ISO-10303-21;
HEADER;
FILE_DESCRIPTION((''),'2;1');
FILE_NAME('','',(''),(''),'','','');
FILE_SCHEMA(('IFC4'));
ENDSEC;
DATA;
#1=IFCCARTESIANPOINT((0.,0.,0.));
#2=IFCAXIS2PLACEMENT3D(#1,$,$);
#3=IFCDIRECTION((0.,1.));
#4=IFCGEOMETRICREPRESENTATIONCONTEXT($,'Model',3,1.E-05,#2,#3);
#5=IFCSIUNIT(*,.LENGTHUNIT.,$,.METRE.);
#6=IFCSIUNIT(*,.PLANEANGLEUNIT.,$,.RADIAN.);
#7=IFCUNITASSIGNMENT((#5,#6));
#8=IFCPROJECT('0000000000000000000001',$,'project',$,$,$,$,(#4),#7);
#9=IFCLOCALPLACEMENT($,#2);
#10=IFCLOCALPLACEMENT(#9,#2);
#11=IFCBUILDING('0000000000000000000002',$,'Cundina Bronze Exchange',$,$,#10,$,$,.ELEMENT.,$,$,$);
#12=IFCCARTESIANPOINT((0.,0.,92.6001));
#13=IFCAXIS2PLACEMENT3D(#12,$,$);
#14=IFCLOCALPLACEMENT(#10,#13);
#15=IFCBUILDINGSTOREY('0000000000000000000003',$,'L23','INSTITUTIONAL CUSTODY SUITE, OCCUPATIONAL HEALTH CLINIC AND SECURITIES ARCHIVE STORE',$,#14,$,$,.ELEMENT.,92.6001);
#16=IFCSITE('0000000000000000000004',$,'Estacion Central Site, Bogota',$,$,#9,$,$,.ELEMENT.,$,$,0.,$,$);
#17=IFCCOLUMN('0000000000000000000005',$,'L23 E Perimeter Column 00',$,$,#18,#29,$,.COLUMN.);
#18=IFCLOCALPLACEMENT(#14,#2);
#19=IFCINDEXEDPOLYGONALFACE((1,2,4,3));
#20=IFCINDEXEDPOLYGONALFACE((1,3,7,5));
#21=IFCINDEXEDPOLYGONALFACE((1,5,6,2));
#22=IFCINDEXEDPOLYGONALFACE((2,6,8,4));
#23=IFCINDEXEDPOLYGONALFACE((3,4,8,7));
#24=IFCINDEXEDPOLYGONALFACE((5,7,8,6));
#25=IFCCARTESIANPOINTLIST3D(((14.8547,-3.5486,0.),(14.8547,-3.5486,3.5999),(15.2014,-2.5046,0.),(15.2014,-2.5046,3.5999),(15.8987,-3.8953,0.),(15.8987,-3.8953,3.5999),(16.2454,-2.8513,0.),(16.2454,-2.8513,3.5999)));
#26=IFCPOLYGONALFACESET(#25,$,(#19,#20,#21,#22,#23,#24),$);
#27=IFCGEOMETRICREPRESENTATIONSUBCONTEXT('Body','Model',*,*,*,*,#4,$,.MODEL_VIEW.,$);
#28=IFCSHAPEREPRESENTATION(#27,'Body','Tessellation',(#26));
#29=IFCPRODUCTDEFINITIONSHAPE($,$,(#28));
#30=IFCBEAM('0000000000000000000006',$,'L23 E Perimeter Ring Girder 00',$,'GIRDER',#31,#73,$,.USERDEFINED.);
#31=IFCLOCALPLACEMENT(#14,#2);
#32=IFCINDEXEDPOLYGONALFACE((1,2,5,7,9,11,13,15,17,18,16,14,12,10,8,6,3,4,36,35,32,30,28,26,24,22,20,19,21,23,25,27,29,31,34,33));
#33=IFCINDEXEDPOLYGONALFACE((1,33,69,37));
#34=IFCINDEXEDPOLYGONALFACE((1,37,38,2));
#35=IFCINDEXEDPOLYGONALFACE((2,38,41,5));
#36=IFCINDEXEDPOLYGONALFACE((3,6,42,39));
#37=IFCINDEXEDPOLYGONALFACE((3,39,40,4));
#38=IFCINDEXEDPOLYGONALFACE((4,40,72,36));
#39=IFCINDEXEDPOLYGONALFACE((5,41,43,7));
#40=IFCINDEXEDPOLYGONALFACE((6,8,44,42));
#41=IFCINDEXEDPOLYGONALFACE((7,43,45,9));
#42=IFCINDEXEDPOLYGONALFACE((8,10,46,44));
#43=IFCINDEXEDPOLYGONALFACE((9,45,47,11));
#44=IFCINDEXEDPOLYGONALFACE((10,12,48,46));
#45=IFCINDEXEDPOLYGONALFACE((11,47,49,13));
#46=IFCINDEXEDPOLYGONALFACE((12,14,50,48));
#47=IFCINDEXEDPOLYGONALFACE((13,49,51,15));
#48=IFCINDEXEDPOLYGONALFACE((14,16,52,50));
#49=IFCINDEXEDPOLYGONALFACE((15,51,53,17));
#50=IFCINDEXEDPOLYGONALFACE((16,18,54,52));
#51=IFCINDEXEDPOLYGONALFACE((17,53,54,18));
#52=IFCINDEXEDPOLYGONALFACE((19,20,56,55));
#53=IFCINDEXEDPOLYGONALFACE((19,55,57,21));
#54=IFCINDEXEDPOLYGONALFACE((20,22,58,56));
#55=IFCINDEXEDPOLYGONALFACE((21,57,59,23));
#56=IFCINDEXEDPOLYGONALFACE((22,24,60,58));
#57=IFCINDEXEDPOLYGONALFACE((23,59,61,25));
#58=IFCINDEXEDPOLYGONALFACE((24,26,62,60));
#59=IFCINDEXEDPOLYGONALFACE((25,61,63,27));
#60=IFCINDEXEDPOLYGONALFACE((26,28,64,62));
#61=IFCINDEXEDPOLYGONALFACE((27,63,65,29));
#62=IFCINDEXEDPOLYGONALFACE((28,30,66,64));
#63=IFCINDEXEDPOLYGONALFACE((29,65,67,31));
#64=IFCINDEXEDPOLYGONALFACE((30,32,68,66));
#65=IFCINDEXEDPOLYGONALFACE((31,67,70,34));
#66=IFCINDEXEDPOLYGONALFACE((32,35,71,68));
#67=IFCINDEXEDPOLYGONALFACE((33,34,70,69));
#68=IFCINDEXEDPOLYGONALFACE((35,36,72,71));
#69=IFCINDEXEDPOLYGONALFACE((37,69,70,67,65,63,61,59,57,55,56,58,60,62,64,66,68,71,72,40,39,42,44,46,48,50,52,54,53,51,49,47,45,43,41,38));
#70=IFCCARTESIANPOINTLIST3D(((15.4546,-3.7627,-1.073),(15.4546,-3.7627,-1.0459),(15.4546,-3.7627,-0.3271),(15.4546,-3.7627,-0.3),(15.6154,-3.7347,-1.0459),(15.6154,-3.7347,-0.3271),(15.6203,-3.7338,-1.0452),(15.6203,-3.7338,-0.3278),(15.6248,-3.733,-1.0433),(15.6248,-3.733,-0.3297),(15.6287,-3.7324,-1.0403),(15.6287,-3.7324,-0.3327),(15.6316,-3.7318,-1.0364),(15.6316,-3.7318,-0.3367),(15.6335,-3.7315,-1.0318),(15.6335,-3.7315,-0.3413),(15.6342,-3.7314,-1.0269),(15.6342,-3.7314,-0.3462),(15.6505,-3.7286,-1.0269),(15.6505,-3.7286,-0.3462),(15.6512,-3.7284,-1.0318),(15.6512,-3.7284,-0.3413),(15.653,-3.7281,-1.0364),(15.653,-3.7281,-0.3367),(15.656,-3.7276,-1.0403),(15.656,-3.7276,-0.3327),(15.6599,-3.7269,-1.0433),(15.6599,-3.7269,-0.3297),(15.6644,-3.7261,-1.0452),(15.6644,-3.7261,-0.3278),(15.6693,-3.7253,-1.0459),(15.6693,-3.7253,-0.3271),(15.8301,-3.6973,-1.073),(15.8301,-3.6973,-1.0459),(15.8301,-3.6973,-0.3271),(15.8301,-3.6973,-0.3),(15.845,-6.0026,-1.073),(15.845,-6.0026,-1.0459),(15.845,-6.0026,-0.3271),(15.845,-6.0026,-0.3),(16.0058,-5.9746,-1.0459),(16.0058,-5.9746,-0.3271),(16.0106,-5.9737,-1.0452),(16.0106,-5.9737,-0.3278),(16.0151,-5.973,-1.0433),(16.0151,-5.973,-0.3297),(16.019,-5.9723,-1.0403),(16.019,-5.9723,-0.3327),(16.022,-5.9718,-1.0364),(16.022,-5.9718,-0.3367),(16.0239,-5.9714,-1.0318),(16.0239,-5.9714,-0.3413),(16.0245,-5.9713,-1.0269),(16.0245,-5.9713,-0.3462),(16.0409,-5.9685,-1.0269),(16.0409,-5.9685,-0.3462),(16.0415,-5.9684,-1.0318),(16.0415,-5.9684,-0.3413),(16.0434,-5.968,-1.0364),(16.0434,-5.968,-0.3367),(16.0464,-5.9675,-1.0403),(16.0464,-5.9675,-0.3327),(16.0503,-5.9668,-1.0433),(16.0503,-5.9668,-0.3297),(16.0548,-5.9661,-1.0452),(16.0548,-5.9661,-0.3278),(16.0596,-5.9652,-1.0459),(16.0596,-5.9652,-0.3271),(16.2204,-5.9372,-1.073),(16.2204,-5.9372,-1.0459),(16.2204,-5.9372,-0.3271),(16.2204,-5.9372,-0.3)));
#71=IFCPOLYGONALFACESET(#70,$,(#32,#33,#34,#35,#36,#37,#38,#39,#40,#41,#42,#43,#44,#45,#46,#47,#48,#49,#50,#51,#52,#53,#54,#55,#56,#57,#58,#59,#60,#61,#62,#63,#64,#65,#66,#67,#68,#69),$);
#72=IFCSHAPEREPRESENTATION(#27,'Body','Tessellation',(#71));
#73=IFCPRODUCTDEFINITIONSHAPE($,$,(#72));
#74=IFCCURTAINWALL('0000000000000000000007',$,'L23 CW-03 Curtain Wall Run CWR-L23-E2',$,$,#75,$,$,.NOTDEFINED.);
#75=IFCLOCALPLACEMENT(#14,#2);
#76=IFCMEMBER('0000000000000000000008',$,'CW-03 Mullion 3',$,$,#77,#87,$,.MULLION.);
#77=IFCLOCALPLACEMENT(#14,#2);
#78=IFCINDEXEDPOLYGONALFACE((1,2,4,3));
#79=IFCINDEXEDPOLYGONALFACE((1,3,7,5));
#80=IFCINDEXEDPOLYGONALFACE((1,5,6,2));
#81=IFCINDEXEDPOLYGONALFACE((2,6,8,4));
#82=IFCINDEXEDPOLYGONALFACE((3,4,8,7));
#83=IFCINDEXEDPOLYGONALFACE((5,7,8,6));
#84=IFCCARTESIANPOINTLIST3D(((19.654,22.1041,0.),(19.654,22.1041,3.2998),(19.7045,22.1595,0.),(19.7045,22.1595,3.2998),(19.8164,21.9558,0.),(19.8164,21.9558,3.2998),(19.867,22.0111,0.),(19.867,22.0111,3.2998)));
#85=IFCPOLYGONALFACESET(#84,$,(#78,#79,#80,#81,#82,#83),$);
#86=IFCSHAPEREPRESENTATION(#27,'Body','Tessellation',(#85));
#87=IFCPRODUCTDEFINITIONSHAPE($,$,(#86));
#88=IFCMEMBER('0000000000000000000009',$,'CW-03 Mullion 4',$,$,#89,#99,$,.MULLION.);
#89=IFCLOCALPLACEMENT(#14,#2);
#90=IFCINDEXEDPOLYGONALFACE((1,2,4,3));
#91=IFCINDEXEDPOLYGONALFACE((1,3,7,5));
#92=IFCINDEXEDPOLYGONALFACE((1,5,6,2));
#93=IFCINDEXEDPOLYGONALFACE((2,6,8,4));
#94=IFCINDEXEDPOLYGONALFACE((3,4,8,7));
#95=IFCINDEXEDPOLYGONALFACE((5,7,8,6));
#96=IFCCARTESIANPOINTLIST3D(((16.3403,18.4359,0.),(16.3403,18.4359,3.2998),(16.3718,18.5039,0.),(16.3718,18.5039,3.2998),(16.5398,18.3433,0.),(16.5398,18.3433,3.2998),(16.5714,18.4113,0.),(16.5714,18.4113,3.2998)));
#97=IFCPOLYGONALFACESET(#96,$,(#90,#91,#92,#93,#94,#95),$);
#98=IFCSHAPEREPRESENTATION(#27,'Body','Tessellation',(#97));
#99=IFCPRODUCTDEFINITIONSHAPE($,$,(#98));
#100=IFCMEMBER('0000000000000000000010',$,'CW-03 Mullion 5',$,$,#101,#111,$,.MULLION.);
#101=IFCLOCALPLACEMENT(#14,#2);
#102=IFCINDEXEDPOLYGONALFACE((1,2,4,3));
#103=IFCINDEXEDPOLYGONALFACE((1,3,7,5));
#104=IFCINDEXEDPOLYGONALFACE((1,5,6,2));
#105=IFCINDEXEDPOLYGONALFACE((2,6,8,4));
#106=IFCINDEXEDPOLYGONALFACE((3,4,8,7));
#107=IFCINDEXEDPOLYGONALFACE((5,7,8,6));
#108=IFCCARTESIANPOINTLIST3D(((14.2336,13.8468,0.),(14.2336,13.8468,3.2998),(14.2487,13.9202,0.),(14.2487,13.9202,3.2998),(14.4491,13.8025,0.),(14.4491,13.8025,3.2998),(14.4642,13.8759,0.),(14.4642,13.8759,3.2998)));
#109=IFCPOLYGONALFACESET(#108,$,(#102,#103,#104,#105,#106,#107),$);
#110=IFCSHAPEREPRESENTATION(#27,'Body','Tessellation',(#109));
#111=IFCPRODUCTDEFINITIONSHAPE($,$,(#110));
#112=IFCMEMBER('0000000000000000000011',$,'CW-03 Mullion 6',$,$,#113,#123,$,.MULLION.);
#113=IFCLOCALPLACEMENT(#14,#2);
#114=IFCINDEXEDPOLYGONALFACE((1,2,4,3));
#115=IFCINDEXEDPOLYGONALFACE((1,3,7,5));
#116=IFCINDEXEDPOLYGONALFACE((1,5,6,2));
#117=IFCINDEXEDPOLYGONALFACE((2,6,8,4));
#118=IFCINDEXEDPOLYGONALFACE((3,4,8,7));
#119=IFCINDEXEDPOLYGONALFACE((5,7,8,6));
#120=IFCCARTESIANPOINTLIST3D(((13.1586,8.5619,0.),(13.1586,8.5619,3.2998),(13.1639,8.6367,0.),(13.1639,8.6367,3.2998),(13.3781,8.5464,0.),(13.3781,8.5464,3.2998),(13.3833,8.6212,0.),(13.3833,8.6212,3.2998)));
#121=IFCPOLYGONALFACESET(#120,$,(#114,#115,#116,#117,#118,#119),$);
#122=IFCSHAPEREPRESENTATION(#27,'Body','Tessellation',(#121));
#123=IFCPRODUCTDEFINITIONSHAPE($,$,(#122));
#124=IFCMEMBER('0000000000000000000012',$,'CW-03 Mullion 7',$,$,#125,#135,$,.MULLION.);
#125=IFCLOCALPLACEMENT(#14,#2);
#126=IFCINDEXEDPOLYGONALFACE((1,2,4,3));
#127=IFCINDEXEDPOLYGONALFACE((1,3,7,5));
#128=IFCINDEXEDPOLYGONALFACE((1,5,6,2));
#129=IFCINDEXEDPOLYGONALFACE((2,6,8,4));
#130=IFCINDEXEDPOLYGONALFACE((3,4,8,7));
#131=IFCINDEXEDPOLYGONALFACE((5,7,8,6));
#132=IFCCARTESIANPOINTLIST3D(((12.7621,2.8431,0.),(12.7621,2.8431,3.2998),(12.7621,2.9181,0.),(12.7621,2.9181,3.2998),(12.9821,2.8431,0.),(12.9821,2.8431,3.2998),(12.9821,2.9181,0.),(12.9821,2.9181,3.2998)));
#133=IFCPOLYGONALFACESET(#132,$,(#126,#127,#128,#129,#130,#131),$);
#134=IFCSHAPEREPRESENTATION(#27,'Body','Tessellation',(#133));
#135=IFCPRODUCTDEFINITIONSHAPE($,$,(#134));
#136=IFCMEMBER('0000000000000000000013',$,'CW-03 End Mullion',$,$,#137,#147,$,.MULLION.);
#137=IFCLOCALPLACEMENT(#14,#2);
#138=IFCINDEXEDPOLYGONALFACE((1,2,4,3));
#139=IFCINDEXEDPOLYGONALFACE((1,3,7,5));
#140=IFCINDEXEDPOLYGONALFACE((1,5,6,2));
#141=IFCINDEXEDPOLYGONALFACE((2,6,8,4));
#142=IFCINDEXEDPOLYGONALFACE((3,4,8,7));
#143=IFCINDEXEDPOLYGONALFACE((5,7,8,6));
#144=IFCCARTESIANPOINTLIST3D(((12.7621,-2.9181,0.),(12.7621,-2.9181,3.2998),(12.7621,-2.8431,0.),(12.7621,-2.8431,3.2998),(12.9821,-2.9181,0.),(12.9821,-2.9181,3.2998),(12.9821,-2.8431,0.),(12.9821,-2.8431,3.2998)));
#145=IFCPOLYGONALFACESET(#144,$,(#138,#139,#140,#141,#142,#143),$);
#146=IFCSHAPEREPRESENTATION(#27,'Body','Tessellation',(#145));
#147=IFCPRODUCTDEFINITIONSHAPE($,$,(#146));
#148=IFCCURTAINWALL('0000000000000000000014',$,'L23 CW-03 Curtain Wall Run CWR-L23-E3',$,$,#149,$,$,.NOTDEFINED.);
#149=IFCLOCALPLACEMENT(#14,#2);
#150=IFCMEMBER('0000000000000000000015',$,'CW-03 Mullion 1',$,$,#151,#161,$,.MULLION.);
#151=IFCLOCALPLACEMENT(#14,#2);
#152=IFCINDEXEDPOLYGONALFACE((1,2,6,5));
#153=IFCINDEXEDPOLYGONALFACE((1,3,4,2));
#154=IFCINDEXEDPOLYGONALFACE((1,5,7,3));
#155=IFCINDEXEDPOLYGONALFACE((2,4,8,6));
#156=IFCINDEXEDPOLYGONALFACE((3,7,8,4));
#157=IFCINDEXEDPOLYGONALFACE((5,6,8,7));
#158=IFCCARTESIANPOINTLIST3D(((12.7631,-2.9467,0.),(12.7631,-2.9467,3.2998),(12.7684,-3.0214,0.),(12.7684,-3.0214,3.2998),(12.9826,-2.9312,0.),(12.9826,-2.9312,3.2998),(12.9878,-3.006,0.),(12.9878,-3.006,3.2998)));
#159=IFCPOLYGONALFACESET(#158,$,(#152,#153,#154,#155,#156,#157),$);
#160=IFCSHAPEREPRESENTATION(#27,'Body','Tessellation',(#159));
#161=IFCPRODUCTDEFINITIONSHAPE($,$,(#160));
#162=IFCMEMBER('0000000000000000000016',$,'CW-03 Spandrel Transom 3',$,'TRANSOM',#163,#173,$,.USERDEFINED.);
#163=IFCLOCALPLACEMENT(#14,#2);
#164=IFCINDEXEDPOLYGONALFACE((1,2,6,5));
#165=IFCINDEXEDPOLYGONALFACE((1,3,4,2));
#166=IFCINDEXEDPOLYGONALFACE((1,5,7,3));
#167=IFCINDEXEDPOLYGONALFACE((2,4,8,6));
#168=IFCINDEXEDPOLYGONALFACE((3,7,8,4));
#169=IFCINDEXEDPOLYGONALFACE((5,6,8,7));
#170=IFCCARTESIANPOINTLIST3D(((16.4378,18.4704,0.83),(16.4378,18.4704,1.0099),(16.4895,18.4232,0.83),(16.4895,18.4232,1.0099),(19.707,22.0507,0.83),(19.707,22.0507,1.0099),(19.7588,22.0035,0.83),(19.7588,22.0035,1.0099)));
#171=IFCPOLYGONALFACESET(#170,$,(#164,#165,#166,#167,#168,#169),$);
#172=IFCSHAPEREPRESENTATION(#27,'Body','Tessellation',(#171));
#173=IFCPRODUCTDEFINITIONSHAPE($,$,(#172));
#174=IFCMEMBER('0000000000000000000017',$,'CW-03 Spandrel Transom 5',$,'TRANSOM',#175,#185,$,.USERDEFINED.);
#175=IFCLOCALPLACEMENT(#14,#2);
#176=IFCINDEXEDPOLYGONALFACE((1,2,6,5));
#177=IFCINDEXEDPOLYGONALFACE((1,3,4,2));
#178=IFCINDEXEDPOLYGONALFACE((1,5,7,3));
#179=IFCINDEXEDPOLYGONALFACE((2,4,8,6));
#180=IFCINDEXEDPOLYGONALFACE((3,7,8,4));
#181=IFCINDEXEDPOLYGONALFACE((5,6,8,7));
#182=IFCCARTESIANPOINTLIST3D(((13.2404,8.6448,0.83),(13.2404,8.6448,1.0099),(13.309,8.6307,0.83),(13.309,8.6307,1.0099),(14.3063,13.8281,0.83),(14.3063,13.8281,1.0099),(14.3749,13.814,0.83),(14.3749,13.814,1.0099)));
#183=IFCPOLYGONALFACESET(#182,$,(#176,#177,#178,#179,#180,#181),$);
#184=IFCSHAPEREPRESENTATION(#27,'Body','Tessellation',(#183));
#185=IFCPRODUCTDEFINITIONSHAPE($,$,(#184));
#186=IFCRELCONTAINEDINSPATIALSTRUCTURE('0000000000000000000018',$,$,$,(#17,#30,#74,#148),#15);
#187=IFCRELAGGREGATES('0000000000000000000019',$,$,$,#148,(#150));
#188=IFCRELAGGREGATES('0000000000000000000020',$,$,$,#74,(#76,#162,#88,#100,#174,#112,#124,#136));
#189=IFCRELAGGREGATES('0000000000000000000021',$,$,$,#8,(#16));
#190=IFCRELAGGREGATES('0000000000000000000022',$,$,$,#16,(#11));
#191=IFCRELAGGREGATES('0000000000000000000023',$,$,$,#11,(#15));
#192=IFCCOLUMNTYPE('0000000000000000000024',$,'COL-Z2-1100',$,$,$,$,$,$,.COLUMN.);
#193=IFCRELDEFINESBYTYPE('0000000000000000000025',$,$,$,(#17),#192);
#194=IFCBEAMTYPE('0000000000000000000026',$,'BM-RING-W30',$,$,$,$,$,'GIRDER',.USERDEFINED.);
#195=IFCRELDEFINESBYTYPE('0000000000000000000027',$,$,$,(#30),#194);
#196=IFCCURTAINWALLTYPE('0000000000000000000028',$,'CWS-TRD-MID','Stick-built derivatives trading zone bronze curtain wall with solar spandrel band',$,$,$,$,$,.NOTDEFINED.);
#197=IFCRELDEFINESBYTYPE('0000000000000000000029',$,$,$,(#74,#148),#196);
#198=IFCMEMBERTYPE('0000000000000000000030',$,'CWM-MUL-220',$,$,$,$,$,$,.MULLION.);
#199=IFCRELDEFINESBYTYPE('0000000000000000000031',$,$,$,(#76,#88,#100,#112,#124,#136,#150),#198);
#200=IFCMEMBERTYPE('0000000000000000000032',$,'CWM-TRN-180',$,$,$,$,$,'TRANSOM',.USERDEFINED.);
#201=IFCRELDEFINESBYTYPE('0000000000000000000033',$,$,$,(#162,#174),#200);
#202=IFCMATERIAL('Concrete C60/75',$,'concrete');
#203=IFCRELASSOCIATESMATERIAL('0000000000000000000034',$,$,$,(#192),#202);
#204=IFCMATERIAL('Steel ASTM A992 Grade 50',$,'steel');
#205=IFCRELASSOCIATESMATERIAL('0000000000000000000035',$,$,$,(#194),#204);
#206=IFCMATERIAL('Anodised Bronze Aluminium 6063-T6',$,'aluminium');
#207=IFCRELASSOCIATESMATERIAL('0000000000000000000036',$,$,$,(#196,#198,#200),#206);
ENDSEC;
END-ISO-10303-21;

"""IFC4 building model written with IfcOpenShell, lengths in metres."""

from ifc_helpers import new_model, si_unit, direction, frame, origin, origin_2d, place, context, subcontext, project, spatial, rectangle, i_section, extrude, material, material_profile, profile_set, type_object, element, aggregate, save


model = new_model("IFC4")

# Units and contexts
model_context = context("Model", 3, precision=1e-05, world=origin(), true_north=direction((0.0, 1.0)))
body_context = subcontext(model_context, "Body", "Model", "MODEL_VIEW")
ifc_project = project(units=[si_unit("LENGTHUNIT", "METRE"), si_unit("PLANEANGLEUNIT", "RADIAN")], contexts=[model_context])

# Site, building, storey
site_placement = place(None, origin())
site = spatial("IfcSite", under=ifc_project, at=site_placement, Name="Estacion Central Site, Bogota", CompositionType="ELEMENT", RefElevation=0.0)
building_placement = place(site_placement, origin())
building = spatial("IfcBuilding", under=site, at=building_placement, Name="Cundina Bronze Exchange", CompositionType="ELEMENT")
storey_placement = place(building_placement, frame((0.0, 0.0, 92.6001)))
storey = spatial("IfcBuildingStorey", under=building, at=storey_placement, Name="L23", Description="INSTITUTIONAL CUSTODY SUITE, OCCUPATIONAL HEALTH CLINIC AND SECURITIES ARCHIVE STORE", CompositionType="ELEMENT", Elevation=92.6001)

# Column
ifc_material_1 = material(Name="Concrete C60/75", Category="concrete")
ifc_material_profile_1 = material_profile(ifc_material_1, rectangle(XDim=1.1001, YDim=1.1001, at=origin_2d()), Name="RC1100X1100", Category="concrete")
ifc_profile_set_1 = profile_set([ifc_material_profile_1], Name="Concrete C60/75")
column_type = type_object("IfcColumnType", Name="COL-Z2-1100", PredefinedType="COLUMN", material=ifc_profile_set_1)
column_placement = place(storey_placement, frame((15.55, -3.2, 0.0), z_axis=(0.0, 0.0, 1.0), x_axis=(-0.315152, -0.949041, 0.0)))
element("IfcColumn", 1, at=column_placement, inside=storey, type_object=column_type, Name="L23 E Perimeter Column 00", PredefinedType="COLUMN", context=body_context, shape_type="SweptSolid", body=[
    extrude(rectangle(XDim=1.1001, YDim=1.1001, at=origin_2d()), origin(), (0.0, 0.0, 1.0), 3.5999),
])

# Beam
ifc_material_2 = material(Name="Steel ASTM A992 Grade 50", Category="steel")
ifc_material_profile_2 = material_profile(ifc_material_2, i_section(OverallWidth=0.3811, OverallDepth=0.7729, WebThickness=0.0166, FlangeThickness=0.0271, FilletRadius=0.019, at=origin_2d()), Name="W30X173", Category="steel")
ifc_profile_set_2 = profile_set([ifc_material_profile_2], Name="Steel ASTM A992 Grade 50")
beam_type = type_object("IfcBeamType", Name="BM-RING-W30", ElementType="GIRDER", PredefinedType="USERDEFINED", material=ifc_profile_set_2)
beam_placement = place(storey_placement, frame((15.6423, -3.73, -0.6865), z_axis=(0.17169, -0.985151, 0.0), x_axis=(0.985151, 0.17169, 0.0)))
element("IfcBeam", 2, at=beam_placement, inside=storey, type_object=beam_type, Name="L23 E Perimeter Ring Girder 00", ObjectType="GIRDER", PredefinedType="USERDEFINED", context=body_context, shape_type="SweptSolid", body=[
    extrude(i_section(OverallWidth=0.3811, OverallDepth=0.7729, WebThickness=0.0166, FlangeThickness=0.0271, FilletRadius=0.019, at=origin_2d()), origin(), (0.0, 0.0, 1.0), 2.2737),
])

# Curtain wall, members
ifc_material_3 = material(Name="Anodised Bronze Aluminium 6063-T6", Category="aluminium")
curtain_wall_type = type_object("IfcCurtainWallType", Name="CWS-TRD-MID", Description="Stick-built derivatives trading zone bronze curtain wall with solar spandrel band", PredefinedType="NOTDEFINED", material=ifc_material_3)
curtain_wall_1_placement = place(storey_placement, origin())
curtain_wall_1 = element("IfcCurtainWall", 3, at=curtain_wall_1_placement, inside=storey, type_object=curtain_wall_type, Name="L23 CW-03 Curtain Wall Run CWR-L23-E2", PredefinedType="NOTDEFINED")
ifc_material_profile_3 = material_profile(ifc_material_3, rectangle(XDim=0.075, YDim=0.22, at=origin_2d()), Name="AL75X220", Category="aluminium")
ifc_profile_set_3 = profile_set([ifc_material_profile_3], Name="Anodised Bronze Aluminium 6063-T6")
member_type_1 = type_object("IfcMemberType", Name="CWM-MUL-220", PredefinedType="MULLION", material=ifc_profile_set_3)
member_1_placement = place(storey_placement, frame((19.7605, 22.0576, 0.0), z_axis=(0.0, 0.0, 1.0), x_axis=(-0.674302, -0.738455, 0.0)))
member_1 = element("IfcMember", 4, at=member_1_placement, type_object=member_type_1, Name="CW-03 Mullion 3", PredefinedType="MULLION", context=body_context, shape_type="SweptSolid", body=[
    extrude(rectangle(XDim=0.075, YDim=0.22, at=origin_2d()), origin(), (0.0, 0.0, 1.0), 3.2998),
])
member_2_placement = place(storey_placement, frame((16.4558, 18.4236, 0.0), z_axis=(0.0, 0.0, 1.0), x_axis=(-0.420877, -0.907117, 0.0)))
member_2 = element("IfcMember", 5, at=member_2_placement, type_object=member_type_1, Name="CW-03 Mullion 4", PredefinedType="MULLION", context=body_context, shape_type="SweptSolid", body=[
    extrude(rectangle(XDim=0.075, YDim=0.22, at=origin_2d()), origin(), (0.0, 0.0, 1.0), 3.2998),
])
member_3_placement = place(storey_placement, frame((14.3489, 13.8613, 0.0), z_axis=(0.0, 0.0, 1.0), x_axis=(-0.20142, -0.979505, 0.0)))
member_3 = element("IfcMember", 6, at=member_3_placement, type_object=member_type_1, Name="CW-03 Mullion 5", PredefinedType="MULLION", context=body_context, shape_type="SweptSolid", body=[
    extrude(rectangle(XDim=0.075, YDim=0.22, at=origin_2d()), origin(), (0.0, 0.0, 1.0), 3.2998),
])
member_4_placement = place(storey_placement, frame((13.271, 8.5916, 0.0), z_axis=(0.0, 0.0, 1.0), x_axis=(-0.070279, -0.997527, 0.0)))
member_4 = element("IfcMember", 7, at=member_4_placement, type_object=member_type_1, Name="CW-03 Mullion 6", PredefinedType="MULLION", context=body_context, shape_type="SweptSolid", body=[
    extrude(rectangle(XDim=0.075, YDim=0.22, at=origin_2d()), origin(), (0.0, 0.0, 1.0), 3.2998),
])
member_5_placement = place(storey_placement, frame((12.8721, 2.8806, 0.0), z_axis=(0.0, 0.0, 1.0), x_axis=(0.0, -1.0, 0.0)))
member_5 = element("IfcMember", 8, at=member_5_placement, type_object=member_type_1, Name="CW-03 Mullion 7", PredefinedType="MULLION", context=body_context, shape_type="SweptSolid", body=[
    extrude(rectangle(XDim=0.075, YDim=0.22, at=origin_2d()), origin(), (0.0, 0.0, 1.0), 3.2998),
])
member_6_placement = place(storey_placement, frame((12.8721, -2.8806, 0.0), z_axis=(0.0, 0.0, 1.0), x_axis=(0.0, -1.0, 0.0)))
member_6 = element("IfcMember", 9, at=member_6_placement, type_object=member_type_1, Name="CW-03 End Mullion", PredefinedType="MULLION", context=body_context, shape_type="SweptSolid", body=[
    extrude(rectangle(XDim=0.075, YDim=0.22, at=origin_2d()), origin(), (0.0, 0.0, 1.0), 3.2998),
])

# Curtain wall, member
curtain_wall_2_placement = place(storey_placement, origin())
curtain_wall_2 = element("IfcCurtainWall", 10, at=curtain_wall_2_placement, inside=storey, type_object=curtain_wall_type, Name="L23 CW-03 Curtain Wall Run CWR-L23-E3", PredefinedType="NOTDEFINED")
member_7_placement = place(storey_placement, frame((12.8755, -2.9763, 0.0), z_axis=(0.0, 0.0, 1.0), x_axis=(0.070279, -0.997527, 0.0)))
member_7 = element("IfcMember", 11, at=member_7_placement, type_object=member_type_1, Name="CW-03 Mullion 1", PredefinedType="MULLION", context=body_context, shape_type="SweptSolid", body=[
    extrude(rectangle(XDim=0.075, YDim=0.22, at=origin_2d()), origin(), (0.0, 0.0, 1.0), 3.2998),
])

# Members
ifc_material_profile_4 = material_profile(ifc_material_3, rectangle(XDim=0.0701, YDim=0.1799, at=origin_2d()), Name="AL70X180", Category="aluminium")
ifc_profile_set_4 = profile_set([ifc_material_profile_4], Name="Anodised Bronze Aluminium 6063-T6")
member_type_2 = type_object("IfcMemberType", Name="CWM-TRN-180", ElementType="TRANSOM", PredefinedType="USERDEFINED", material=ifc_profile_set_4)
member_8_placement = place(storey_placement, frame((19.7329, 22.0271, 0.9199), z_axis=(-0.674303, -0.738455, 0.0), x_axis=(0.738455, -0.674303, 0.0)))
member_8 = element("IfcMember", 12, at=member_8_placement, type_object=member_type_2, Name="CW-03 Spandrel Transom 3", ObjectType="TRANSOM", PredefinedType="USERDEFINED", context=body_context, shape_type="SweptSolid", body=[
    extrude(rectangle(XDim=0.0701, YDim=0.1799, at=origin_2d()), origin(), (0.0, 0.0, 1.0), 4.8484),
])
member_9_placement = place(storey_placement, frame((14.3406, 13.821, 0.9199), z_axis=(-0.201428, -0.979503, 0.0), x_axis=(0.979503, -0.201428, 0.0)))
member_9 = element("IfcMember", 13, at=member_9_placement, type_object=member_type_2, Name="CW-03 Spandrel Transom 5", ObjectType="TRANSOM", PredefinedType="USERDEFINED", context=body_context, shape_type="SweptSolid", body=[
    extrude(rectangle(XDim=0.0701, YDim=0.1799, at=origin_2d()), origin(), (0.0, 0.0, 1.0), 5.2917),
])
aggregate(curtain_wall_2, [member_7])

aggregate(curtain_wall_1, [member_1, member_8, member_2, member_3, member_9, member_4, member_5, member_6])

save(model, "model.ifc")
